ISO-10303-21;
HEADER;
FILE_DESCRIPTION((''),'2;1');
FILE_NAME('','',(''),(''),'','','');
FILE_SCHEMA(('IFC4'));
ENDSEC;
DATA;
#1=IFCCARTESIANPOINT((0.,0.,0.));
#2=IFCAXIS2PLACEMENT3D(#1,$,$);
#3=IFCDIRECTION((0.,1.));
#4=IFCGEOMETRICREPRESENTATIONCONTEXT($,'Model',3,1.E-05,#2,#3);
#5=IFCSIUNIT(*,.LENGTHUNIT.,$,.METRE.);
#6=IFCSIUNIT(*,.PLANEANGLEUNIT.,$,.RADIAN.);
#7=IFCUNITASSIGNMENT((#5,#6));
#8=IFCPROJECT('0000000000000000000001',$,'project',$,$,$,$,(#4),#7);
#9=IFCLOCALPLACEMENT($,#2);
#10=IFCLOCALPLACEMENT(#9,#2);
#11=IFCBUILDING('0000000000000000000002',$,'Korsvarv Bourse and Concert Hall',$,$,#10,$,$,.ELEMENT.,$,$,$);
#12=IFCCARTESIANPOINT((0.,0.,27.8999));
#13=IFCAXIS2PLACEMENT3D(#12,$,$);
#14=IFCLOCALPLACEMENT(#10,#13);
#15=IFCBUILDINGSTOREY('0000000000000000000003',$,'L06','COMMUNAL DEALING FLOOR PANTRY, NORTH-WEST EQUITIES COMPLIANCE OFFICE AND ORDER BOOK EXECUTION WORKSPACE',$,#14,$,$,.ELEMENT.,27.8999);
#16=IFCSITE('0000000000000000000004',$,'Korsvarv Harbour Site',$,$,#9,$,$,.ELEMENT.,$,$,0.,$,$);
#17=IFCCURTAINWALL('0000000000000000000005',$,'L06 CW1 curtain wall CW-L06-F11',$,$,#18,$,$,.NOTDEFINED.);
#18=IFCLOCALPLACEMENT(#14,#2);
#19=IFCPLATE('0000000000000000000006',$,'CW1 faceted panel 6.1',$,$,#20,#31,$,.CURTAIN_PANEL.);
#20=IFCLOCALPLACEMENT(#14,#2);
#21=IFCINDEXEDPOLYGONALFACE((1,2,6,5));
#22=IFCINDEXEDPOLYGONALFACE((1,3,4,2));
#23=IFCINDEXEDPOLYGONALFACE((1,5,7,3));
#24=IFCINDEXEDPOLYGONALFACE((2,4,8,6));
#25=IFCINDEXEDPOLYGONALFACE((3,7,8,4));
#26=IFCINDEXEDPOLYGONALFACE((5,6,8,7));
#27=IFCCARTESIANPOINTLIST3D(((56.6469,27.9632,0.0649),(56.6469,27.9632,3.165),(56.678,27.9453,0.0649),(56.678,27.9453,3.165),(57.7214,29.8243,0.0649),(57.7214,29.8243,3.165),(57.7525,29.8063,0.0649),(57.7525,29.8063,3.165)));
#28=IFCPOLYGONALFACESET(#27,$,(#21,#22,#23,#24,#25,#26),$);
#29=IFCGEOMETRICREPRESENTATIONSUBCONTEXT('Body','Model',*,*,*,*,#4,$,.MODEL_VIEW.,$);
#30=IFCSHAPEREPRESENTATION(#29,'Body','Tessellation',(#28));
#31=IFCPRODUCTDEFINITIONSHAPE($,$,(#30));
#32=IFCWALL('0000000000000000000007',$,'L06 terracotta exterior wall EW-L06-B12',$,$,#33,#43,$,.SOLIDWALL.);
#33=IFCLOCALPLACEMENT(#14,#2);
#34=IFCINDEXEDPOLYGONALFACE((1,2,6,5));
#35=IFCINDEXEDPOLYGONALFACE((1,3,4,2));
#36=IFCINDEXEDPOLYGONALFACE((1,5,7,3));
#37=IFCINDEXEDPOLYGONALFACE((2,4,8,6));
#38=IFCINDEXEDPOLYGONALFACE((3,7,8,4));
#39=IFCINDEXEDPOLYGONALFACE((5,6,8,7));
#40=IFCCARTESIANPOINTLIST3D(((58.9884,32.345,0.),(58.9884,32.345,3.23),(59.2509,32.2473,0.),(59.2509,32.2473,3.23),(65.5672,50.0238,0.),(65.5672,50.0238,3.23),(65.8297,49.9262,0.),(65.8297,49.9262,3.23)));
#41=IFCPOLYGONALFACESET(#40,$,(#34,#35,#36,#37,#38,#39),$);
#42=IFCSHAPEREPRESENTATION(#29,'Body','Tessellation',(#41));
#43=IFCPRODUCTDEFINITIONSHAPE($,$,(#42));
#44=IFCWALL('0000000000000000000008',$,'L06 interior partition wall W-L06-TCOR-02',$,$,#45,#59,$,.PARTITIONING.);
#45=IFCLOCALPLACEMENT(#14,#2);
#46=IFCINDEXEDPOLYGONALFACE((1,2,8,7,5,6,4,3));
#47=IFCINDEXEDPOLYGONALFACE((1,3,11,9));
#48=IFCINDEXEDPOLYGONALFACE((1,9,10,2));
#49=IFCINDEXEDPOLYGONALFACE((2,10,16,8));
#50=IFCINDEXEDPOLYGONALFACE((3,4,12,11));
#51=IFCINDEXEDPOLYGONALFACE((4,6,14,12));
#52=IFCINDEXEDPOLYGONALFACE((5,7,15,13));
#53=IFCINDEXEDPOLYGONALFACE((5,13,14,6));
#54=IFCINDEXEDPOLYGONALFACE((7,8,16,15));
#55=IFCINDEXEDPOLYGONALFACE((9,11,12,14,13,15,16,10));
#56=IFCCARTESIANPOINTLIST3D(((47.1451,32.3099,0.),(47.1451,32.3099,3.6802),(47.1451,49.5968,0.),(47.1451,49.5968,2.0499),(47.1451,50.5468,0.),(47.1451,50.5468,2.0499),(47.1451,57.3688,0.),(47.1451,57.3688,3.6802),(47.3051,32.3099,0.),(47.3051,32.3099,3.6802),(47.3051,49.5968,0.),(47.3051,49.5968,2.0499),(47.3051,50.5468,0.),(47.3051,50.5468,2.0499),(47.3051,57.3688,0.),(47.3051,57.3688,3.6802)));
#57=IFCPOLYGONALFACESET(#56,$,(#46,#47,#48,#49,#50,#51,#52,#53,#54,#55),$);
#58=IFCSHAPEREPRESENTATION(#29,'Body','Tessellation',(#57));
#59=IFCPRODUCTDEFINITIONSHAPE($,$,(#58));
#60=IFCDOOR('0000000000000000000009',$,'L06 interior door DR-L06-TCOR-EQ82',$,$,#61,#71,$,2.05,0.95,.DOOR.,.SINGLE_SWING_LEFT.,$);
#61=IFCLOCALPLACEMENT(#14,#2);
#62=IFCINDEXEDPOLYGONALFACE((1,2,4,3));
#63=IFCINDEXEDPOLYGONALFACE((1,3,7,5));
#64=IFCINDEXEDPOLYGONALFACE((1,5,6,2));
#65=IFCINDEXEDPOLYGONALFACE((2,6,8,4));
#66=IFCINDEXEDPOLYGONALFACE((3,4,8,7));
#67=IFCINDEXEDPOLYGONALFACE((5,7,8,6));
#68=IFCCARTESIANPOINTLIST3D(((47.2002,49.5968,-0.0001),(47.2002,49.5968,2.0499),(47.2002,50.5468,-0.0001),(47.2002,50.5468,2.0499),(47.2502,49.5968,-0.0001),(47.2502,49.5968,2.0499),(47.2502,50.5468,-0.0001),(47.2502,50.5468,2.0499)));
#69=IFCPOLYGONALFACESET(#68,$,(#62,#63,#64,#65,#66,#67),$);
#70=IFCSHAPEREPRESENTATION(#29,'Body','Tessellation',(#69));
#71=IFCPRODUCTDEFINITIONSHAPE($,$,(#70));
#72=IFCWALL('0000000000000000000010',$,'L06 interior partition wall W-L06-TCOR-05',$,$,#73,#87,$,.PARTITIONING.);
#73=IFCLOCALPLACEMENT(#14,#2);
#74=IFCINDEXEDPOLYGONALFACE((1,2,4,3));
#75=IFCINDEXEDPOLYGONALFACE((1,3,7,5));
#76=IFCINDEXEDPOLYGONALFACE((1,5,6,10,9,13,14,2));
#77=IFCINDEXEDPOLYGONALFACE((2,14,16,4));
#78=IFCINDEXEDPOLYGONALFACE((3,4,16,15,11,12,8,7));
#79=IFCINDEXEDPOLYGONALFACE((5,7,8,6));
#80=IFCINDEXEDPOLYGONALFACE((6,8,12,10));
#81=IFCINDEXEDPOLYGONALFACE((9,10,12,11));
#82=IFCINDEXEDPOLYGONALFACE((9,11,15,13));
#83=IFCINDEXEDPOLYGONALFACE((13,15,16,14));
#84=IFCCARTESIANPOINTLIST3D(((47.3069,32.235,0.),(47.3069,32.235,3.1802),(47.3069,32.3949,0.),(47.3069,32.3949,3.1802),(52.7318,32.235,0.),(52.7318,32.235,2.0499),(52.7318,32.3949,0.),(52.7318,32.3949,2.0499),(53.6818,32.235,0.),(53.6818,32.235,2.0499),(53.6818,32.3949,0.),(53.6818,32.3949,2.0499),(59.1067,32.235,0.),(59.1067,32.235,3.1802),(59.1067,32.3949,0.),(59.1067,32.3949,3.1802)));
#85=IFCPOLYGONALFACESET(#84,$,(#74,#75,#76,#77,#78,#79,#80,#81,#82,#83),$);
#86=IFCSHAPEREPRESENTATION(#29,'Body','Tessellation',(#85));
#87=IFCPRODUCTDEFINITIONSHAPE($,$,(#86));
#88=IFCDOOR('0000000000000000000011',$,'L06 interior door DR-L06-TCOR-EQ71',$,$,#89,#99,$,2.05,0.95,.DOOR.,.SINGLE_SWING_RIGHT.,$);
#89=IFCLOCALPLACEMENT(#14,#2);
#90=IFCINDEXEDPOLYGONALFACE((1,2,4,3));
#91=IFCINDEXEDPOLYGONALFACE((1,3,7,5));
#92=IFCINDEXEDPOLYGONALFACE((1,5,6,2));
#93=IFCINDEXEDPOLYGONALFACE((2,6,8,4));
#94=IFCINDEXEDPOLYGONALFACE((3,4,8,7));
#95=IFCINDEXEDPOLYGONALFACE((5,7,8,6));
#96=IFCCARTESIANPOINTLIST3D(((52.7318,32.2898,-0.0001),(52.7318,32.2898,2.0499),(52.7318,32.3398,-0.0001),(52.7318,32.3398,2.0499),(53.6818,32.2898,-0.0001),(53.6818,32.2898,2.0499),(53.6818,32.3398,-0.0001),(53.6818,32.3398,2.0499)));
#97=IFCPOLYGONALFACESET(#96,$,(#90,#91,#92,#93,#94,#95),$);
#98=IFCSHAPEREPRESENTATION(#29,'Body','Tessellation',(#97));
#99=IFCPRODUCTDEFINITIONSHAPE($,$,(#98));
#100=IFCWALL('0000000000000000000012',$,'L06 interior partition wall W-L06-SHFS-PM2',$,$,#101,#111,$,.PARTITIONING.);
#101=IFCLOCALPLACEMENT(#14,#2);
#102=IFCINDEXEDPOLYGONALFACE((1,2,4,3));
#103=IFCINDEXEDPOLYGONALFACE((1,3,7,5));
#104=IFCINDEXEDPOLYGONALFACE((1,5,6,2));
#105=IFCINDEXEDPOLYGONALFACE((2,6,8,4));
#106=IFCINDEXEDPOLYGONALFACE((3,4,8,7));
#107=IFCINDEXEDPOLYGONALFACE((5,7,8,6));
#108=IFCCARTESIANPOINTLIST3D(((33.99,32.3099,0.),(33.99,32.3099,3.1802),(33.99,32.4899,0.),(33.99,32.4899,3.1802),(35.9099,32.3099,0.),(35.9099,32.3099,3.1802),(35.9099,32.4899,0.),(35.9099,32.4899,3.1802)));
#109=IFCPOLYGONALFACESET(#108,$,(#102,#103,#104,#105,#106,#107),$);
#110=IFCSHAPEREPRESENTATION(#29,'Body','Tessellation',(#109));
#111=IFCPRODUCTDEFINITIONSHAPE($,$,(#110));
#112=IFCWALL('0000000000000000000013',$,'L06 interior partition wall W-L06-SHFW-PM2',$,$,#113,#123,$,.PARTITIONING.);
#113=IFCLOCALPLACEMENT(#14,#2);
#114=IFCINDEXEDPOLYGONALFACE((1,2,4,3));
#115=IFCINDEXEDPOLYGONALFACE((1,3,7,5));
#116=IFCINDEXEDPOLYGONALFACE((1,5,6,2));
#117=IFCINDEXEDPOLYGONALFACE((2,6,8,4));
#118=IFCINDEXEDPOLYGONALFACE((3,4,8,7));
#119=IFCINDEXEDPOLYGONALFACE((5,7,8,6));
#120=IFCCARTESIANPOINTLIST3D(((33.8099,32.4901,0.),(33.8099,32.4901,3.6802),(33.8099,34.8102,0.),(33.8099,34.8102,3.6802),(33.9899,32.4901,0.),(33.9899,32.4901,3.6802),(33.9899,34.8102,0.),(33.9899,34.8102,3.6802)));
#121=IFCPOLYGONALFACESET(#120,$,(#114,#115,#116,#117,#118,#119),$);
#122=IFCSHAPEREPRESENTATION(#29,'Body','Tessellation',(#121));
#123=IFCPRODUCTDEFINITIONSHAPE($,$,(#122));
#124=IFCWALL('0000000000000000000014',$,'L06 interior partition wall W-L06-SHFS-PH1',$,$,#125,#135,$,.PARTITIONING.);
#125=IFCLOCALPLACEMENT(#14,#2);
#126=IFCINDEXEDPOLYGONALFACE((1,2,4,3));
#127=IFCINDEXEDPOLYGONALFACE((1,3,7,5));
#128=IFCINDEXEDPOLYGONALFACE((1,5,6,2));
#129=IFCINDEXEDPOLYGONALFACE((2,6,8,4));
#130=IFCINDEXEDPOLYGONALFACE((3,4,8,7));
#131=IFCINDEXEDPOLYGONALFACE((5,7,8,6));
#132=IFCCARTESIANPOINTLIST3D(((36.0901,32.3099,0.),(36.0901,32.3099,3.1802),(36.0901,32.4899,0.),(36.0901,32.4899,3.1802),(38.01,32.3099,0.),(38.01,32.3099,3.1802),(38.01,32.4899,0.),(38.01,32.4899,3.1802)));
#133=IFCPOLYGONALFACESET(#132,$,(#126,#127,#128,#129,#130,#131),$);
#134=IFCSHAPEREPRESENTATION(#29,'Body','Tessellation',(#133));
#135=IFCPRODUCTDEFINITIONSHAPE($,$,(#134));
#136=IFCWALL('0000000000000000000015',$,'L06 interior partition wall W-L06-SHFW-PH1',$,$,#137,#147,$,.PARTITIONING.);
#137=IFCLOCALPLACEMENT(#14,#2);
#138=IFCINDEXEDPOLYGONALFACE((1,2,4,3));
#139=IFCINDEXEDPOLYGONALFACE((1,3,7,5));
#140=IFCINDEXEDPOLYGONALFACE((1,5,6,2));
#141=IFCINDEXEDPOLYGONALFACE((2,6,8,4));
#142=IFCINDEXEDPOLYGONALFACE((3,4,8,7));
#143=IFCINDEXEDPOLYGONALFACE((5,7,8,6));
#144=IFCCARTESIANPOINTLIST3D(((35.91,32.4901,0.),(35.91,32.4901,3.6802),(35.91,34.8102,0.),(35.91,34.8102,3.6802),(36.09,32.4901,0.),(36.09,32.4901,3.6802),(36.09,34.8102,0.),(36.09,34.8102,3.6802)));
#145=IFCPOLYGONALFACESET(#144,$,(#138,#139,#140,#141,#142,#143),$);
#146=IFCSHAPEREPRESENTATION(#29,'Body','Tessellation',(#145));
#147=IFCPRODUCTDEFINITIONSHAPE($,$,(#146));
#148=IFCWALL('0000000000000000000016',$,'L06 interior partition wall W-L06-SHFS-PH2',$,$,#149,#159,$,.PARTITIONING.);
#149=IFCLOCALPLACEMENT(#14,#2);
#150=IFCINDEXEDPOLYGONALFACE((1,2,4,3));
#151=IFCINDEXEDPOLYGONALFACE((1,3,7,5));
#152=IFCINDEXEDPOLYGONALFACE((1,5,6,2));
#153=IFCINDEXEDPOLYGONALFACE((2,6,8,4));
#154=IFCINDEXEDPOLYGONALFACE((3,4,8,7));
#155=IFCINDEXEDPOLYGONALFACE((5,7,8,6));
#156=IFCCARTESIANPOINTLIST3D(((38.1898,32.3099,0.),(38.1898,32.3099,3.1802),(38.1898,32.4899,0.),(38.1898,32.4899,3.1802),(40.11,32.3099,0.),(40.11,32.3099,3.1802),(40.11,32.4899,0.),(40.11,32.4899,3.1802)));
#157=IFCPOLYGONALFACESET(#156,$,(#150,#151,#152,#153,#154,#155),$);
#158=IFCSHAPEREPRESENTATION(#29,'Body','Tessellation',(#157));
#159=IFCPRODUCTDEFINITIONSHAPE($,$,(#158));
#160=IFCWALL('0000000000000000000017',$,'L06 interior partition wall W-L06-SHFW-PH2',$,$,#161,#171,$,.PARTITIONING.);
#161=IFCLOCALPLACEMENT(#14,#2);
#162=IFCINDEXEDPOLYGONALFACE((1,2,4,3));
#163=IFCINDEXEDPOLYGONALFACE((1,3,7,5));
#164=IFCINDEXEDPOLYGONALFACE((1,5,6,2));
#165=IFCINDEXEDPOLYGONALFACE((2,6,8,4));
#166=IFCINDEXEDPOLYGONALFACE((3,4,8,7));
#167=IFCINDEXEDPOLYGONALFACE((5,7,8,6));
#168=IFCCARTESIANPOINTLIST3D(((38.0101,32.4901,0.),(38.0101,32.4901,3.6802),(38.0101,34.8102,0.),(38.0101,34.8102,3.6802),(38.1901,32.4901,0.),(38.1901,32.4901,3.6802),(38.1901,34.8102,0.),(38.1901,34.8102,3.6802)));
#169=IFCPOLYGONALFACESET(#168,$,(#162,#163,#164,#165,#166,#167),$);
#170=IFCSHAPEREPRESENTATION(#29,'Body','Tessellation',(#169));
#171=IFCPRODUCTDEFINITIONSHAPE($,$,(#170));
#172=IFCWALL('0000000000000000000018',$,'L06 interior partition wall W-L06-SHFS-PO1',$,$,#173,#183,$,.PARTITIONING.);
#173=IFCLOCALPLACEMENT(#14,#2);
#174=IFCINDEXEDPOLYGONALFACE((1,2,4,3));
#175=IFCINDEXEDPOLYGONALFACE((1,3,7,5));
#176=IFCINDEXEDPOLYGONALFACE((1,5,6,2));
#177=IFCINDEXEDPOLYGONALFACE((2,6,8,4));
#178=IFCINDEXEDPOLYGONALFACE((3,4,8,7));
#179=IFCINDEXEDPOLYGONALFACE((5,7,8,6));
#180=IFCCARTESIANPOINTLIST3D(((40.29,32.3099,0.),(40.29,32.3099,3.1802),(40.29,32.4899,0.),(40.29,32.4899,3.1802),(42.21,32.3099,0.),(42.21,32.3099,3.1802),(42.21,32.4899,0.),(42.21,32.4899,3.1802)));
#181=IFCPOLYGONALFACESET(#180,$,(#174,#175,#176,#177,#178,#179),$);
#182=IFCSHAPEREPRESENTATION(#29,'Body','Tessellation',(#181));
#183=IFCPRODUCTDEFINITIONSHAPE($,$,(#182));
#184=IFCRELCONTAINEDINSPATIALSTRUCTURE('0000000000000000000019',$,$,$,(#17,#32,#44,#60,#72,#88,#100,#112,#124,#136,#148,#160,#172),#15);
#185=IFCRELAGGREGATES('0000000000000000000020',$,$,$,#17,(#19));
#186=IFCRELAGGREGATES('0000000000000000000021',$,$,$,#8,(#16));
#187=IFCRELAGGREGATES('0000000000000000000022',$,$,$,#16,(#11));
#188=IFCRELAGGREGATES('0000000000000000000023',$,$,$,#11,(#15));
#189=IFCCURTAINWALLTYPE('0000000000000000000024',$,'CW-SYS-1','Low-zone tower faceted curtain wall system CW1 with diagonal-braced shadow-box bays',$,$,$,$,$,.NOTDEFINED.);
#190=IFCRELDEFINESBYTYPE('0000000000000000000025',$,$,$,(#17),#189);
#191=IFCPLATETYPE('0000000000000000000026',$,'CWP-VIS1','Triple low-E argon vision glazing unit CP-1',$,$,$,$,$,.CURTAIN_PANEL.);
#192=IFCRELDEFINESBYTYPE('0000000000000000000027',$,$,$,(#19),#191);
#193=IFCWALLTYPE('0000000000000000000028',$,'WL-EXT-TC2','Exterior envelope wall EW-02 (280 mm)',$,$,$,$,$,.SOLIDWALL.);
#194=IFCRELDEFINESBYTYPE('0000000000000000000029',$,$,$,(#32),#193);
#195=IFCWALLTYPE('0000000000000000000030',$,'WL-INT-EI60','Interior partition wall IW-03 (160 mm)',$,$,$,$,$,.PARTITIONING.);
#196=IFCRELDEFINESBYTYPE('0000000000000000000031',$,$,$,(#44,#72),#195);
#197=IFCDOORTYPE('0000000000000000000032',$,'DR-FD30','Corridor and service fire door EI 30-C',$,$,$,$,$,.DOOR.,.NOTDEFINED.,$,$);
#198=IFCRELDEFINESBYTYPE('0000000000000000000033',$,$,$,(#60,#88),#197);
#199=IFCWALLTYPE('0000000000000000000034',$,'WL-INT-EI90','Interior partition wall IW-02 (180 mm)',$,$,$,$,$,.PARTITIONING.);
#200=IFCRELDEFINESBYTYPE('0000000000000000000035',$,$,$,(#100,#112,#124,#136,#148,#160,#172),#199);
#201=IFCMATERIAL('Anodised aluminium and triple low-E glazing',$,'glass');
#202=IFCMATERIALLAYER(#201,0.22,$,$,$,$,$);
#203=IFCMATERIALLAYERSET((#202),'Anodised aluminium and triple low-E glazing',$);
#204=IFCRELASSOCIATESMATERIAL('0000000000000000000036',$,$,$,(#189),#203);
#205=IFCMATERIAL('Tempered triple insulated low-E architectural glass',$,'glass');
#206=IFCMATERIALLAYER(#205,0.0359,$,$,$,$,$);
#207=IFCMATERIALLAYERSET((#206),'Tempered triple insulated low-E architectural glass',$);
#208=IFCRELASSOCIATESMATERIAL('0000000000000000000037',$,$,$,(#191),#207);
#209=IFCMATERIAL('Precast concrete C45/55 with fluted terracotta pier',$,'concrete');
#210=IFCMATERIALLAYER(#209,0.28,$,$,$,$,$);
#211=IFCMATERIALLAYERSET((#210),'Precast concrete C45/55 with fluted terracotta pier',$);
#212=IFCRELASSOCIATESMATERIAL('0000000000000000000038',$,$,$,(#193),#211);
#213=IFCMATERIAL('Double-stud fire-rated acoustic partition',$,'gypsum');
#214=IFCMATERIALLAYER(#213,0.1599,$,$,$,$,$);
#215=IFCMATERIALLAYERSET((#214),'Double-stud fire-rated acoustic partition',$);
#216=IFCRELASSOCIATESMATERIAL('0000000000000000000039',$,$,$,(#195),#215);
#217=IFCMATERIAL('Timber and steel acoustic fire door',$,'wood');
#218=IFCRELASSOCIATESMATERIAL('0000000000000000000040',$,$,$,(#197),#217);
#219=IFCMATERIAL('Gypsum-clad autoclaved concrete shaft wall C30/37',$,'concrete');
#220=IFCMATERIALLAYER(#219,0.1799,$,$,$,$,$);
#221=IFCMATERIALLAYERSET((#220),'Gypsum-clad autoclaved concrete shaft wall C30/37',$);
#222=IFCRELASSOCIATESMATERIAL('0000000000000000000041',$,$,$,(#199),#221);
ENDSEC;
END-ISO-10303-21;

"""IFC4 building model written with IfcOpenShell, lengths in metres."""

from ifc_helpers import new_model, si_unit, direction, frame, frame_2d, origin, origin_2d, place, context, subcontext, project, spatial, rectangle, extrude, source, transform, mapped, material, layer, layer_set, type_object, element, fill, aggregate, save


model = new_model("IFC4")

# Units and contexts
model_context = context("Model", 3, precision=1e-05, world=origin(), true_north=direction((0.0, 1.0)))
body_context = subcontext(model_context, "Body", "Model", "MODEL_VIEW")
ifc_project = project(units=[si_unit("LENGTHUNIT", "METRE"), si_unit("PLANEANGLEUNIT", "RADIAN")], contexts=[model_context])

# Site, building, storey
site_placement = place(None, origin())
site = spatial("IfcSite", under=ifc_project, at=site_placement, Name="Korsvarv Harbour Site", CompositionType="ELEMENT", RefElevation=0.0)
building_placement = place(site_placement, origin())
building = spatial("IfcBuilding", under=site, at=building_placement, Name="Korsvarv Bourse and Concert Hall", CompositionType="ELEMENT")
storey_placement = place(building_placement, frame((0.0, 0.0, 27.8999)))
storey = spatial("IfcBuildingStorey", under=building, at=storey_placement, Name="L06", Description="COMMUNAL DEALING FLOOR PANTRY, NORTH-WEST EQUITIES COMPLIANCE OFFICE AND ORDER BOOK EXECUTION WORKSPACE", CompositionType="ELEMENT", Elevation=27.8999)

# Curtain wall, plate
ifc_material_1 = material(Name="Anodised aluminium and triple low-E glazing", Category="glass")
ifc_layer_1 = layer(ifc_material_1, 0.22)
ifc_layer_set_1 = layer_set([ifc_layer_1], Name="Anodised aluminium and triple low-E glazing")
curtain_wall_type = type_object("IfcCurtainWallType", Name="CW-SYS-1", Description="Low-zone tower faceted curtain wall system CW1 with diagonal-braced shadow-box bays", PredefinedType="NOTDEFINED", material=ifc_layer_set_1)
curtain_wall_placement = place(storey_placement, origin())
curtain_wall = element("IfcCurtainWall", 1, at=curtain_wall_placement, inside=storey, type_object=curtain_wall_type, Name="L06 CW1 curtain wall CW-L06-F11", PredefinedType="NOTDEFINED")
ifc_material_2 = material(Name="Tempered triple insulated low-E architectural glass", Category="glass")
ifc_layer_2 = layer(ifc_material_2, 0.0359)
ifc_layer_set_2 = layer_set([ifc_layer_2], Name="Tempered triple insulated low-E architectural glass")
plate_type_1 = type_object("IfcPlateType", Name="CWP-VIS1", Description="Triple low-E argon vision glazing unit CP-1", PredefinedType="CURTAIN_PANEL", material=ifc_layer_set_2)
shared_shape_1 = source(origin(), body_context, "Body", "SweptSolid", [
    extrude(rectangle(XDim=2.1489, YDim=0.0359, at=origin_2d()), origin(), (0.0, 0.0, 1.0), 3.1001),
])
plate_1_placement = place(storey_placement, frame((57.1997, 28.8848, 0.0649), z_axis=(0.0, 0.0, 1.0), x_axis=(0.499995, 0.866029, 0.0)))
plate_1 = element("IfcPlate", 2, at=plate_1_placement, type_object=plate_type_1, Name="CW1 faceted panel 6.1", PredefinedType="CURTAIN_PANEL", context=body_context, shape_type="MappedRepresentation", body=[
    mapped(shared_shape_1, transform((0.0, 0.0, 0.0), scale=1.0)),
])
aggregate(curtain_wall, [plate_1])

# Wall
ifc_material_3 = material(Name="Precast concrete C45/55 with fluted terracotta pier", Category="concrete")
ifc_layer_3 = layer(ifc_material_3, 0.28)
ifc_layer_set_3 = layer_set([ifc_layer_3], Name="Precast concrete C45/55 with fluted terracotta pier")
wall_type_1 = type_object("IfcWallType", Name="WL-EXT-TC2", Description="Exterior envelope wall EW-02 (280 mm)", PredefinedType="SOLIDWALL", material=ifc_layer_set_3)
wall_1_placement = place(storey_placement, frame((59.1196, 32.2961, 0.0), z_axis=(0.0, 0.0, 1.0), x_axis=(0.348764, 0.937211, 0.0)))
element("IfcWall", 3, at=wall_1_placement, inside=storey, type_object=wall_type_1, Name="L06 terracotta exterior wall EW-L06-B12", PredefinedType="SOLIDWALL", context=body_context, shape_type="SweptSolid", body=[
    extrude(rectangle(XDim=18.8633, YDim=0.28, at=frame_2d((9.4316, 0.0))), origin(), (0.0, 0.0, 1.0), 3.23),
])

# Walls, openings, doors
ifc_material_4 = material(Name="Double-stud fire-rated acoustic partition", Category="gypsum")
ifc_layer_4 = layer(ifc_material_4, 0.1599)
ifc_layer_set_4 = layer_set([ifc_layer_4], Name="Double-stud fire-rated acoustic partition")
wall_type_2 = type_object("IfcWallType", Name="WL-INT-EI60", Description="Interior partition wall IW-03 (160 mm)", PredefinedType="PARTITIONING", material=ifc_layer_set_4)
wall_2_placement = place(storey_placement, frame((47.2251, 32.3101, 0.0), z_axis=(0.0, 0.0, 1.0), x_axis=(0.0, 1.0, 0.0)))
wall_2 = element("IfcWall", 4, at=wall_2_placement, inside=storey, type_object=wall_type_2, Name="L06 interior partition wall W-L06-TCOR-02", PredefinedType="PARTITIONING", context=body_context, shape_type="SweptSolid", body=[
    extrude(rectangle(XDim=25.0588, YDim=0.1599, at=frame_2d((12.5293, 0.0))), origin(), (0.0, 0.0, 1.0), 3.6802),
])
opening_1_placement = place(wall_2_placement, frame((17.2866, 0.0, 0.0)))
opening_1 = element("IfcOpeningElement", 5, at=opening_1_placement, cuts=wall_2, PredefinedType="OPENING", context=body_context, shape_type="SweptSolid", body=[
    extrude(rectangle(XDim=0.95, YDim=2.05, at=frame_2d((0.4751, 1.0249))), frame((0.0, 0.0898, 0.0), z_axis=(0.0, -1.0, 0.0), x_axis=(1.0, 0.0, 0.0)), (0.0, 0.0, 1.0), 0.1799),
])
ifc_material_5 = material(Name="Timber and steel acoustic fire door", Category="wood")
door_type = type_object("IfcDoorType", Name="DR-FD30", Description="Corridor and service fire door EI 30-C", OperationType="NOTDEFINED", PredefinedType="DOOR", material=ifc_material_5)
door_1_placement = place(opening_1_placement, origin())
door_1 = element("IfcDoor", 6, at=door_1_placement, inside=storey, type_object=door_type, Name="L06 interior door DR-L06-TCOR-EQ82", OperationType="SINGLE_SWING_LEFT", OverallHeight=2.05, OverallWidth=0.95, PredefinedType="DOOR", context=body_context, shape_type="SweptSolid", body=[
    extrude(rectangle(XDim=0.95, YDim=2.05, at=frame_2d((0.4751, 1.0249))), frame((0.0, 0.0249, 0.0), z_axis=(0.0, -1.0, 0.0), x_axis=(1.0, 0.0, 0.0)), (0.0, 0.0, 1.0), 0.05),
])
fill(opening_1, door_1)
wall_3_placement = place(storey_placement, frame((47.3069, 32.3149, 0.0), z_axis=(0.0, 0.0, 1.0), x_axis=(1.0, 0.0, 0.0)))
wall_3 = element("IfcWall", 7, at=wall_3_placement, inside=storey, type_object=wall_type_2, Name="L06 interior partition wall W-L06-TCOR-05", PredefinedType="PARTITIONING", context=body_context, shape_type="SweptSolid", body=[
    extrude(rectangle(XDim=11.7998, YDim=0.1599, at=frame_2d((5.8999, 0.0))), origin(), (0.0, 0.0, 1.0), 3.1802),
])
opening_2_placement = place(wall_3_placement, frame((5.4248, 0.0, 0.0)))
opening_2 = element("IfcOpeningElement", 8, at=opening_2_placement, cuts=wall_3, PredefinedType="OPENING", context=body_context, shape_type="SweptSolid", body=[
    extrude(rectangle(XDim=0.95, YDim=2.05, at=frame_2d((0.4751, 1.0249))), frame((0.0, 0.0898, 0.0), z_axis=(0.0, -1.0, 0.0), x_axis=(1.0, 0.0, 0.0)), (0.0, 0.0, 1.0), 0.1799),
])
door_2_placement = place(opening_2_placement, origin())
door_2 = element("IfcDoor", 9, at=door_2_placement, inside=storey, type_object=door_type, Name="L06 interior door DR-L06-TCOR-EQ71", OperationType="SINGLE_SWING_RIGHT", OverallHeight=2.05, OverallWidth=0.95, PredefinedType="DOOR", context=body_context, shape_type="SweptSolid", body=[
    extrude(rectangle(XDim=0.95, YDim=2.05, at=frame_2d((0.4751, 1.0249))), frame((0.0, 0.0249, 0.0), z_axis=(0.0, -1.0, 0.0), x_axis=(1.0, 0.0, 0.0)), (0.0, 0.0, 1.0), 0.05),
])
fill(opening_2, door_2)

# Walls
ifc_material_6 = material(Name="Gypsum-clad autoclaved concrete shaft wall C30/37", Category="concrete")
ifc_layer_5 = layer(ifc_material_6, 0.1799)
ifc_layer_set_5 = layer_set([ifc_layer_5], Name="Gypsum-clad autoclaved concrete shaft wall C30/37")
wall_type_3 = type_object("IfcWallType", Name="WL-INT-EI90", Description="Interior partition wall IW-02 (180 mm)", PredefinedType="PARTITIONING", material=ifc_layer_set_5)
wall_4_placement = place(storey_placement, frame((33.99, 32.3999, 0.0), z_axis=(0.0, 0.0, 1.0), x_axis=(1.0, 0.0, 0.0)))
element("IfcWall", 10, at=wall_4_placement, inside=storey, type_object=wall_type_3, Name="L06 interior partition wall W-L06-SHFS-PM2", PredefinedType="PARTITIONING", context=body_context, shape_type="SweptSolid", body=[
    extrude(rectangle(XDim=1.9199, YDim=0.1799, at=frame_2d((0.96, 0.0))), origin(), (0.0, 0.0, 1.0), 3.1802),
])
wall_5_placement = place(storey_placement, frame((33.8999, 32.49, 0.0), z_axis=(0.0, 0.0, 1.0), x_axis=(0.0, 1.0, 0.0)))
element("IfcWall", 11, at=wall_5_placement, inside=storey, type_object=wall_type_3, Name="L06 interior partition wall W-L06-SHFW-PM2", PredefinedType="PARTITIONING", context=body_context, shape_type="SweptSolid", body=[
    extrude(rectangle(XDim=2.3201, YDim=0.1799, at=frame_2d((1.1602, 0.0))), origin(), (0.0, 0.0, 1.0), 3.6802),
])
wall_6_placement = place(storey_placement, frame((36.0901, 32.3999, 0.0), z_axis=(0.0, 0.0, 1.0), x_axis=(1.0, 0.0, 0.0)))
element("IfcWall", 12, at=wall_6_placement, inside=storey, type_object=wall_type_3, Name="L06 interior partition wall W-L06-SHFS-PH1", PredefinedType="PARTITIONING", context=body_context, shape_type="SweptSolid", body=[
    extrude(rectangle(XDim=1.9199, YDim=0.1799, at=frame_2d((0.96, 0.0))), origin(), (0.0, 0.0, 1.0), 3.1802),
])
wall_7_placement = place(storey_placement, frame((36.0, 32.49, 0.0), z_axis=(0.0, 0.0, 1.0), x_axis=(0.0, 1.0, 0.0)))
element("IfcWall", 13, at=wall_7_placement, inside=storey, type_object=wall_type_3, Name="L06 interior partition wall W-L06-SHFW-PH1", PredefinedType="PARTITIONING", context=body_context, shape_type="SweptSolid", body=[
    extrude(rectangle(XDim=2.3201, YDim=0.1799, at=frame_2d((1.1602, 0.0))), origin(), (0.0, 0.0, 1.0), 3.6802),
])
wall_8_placement = place(storey_placement, frame((38.1899, 32.3999, 0.0), z_axis=(0.0, 0.0, 1.0), x_axis=(1.0, 0.0, 0.0)))
element("IfcWall", 14, at=wall_8_placement, inside=storey, type_object=wall_type_3, Name="L06 interior partition wall W-L06-SHFS-PH2", PredefinedType="PARTITIONING", context=body_context, shape_type="SweptSolid", body=[
    extrude(rectangle(XDim=1.9202, YDim=0.1799, at=frame_2d((0.96, 0.0))), origin(), (0.0, 0.0, 1.0), 3.1802),
])
wall_9_placement = place(storey_placement, frame((38.1001, 32.49, 0.0), z_axis=(0.0, 0.0, 1.0), x_axis=(0.0, 1.0, 0.0)))
element("IfcWall", 15, at=wall_9_placement, inside=storey, type_object=wall_type_3, Name="L06 interior partition wall W-L06-SHFW-PH2", PredefinedType="PARTITIONING", context=body_context, shape_type="SweptSolid", body=[
    extrude(rectangle(XDim=2.3201, YDim=0.1799, at=frame_2d((1.1602, 0.0))), origin(), (0.0, 0.0, 1.0), 3.6802),
])
wall_10_placement = place(storey_placement, frame((40.29, 32.3999, 0.0), z_axis=(0.0, 0.0, 1.0), x_axis=(1.0, 0.0, 0.0)))
element("IfcWall", 16, at=wall_10_placement, inside=storey, type_object=wall_type_3, Name="L06 interior partition wall W-L06-SHFS-PO1", PredefinedType="PARTITIONING", context=body_context, shape_type="SweptSolid", body=[
    extrude(rectangle(XDim=1.9199, YDim=0.1799, at=frame_2d((0.96, 0.0))), origin(), (0.0, 0.0, 1.0), 3.1802),
])

save(model, "model.ifc")
